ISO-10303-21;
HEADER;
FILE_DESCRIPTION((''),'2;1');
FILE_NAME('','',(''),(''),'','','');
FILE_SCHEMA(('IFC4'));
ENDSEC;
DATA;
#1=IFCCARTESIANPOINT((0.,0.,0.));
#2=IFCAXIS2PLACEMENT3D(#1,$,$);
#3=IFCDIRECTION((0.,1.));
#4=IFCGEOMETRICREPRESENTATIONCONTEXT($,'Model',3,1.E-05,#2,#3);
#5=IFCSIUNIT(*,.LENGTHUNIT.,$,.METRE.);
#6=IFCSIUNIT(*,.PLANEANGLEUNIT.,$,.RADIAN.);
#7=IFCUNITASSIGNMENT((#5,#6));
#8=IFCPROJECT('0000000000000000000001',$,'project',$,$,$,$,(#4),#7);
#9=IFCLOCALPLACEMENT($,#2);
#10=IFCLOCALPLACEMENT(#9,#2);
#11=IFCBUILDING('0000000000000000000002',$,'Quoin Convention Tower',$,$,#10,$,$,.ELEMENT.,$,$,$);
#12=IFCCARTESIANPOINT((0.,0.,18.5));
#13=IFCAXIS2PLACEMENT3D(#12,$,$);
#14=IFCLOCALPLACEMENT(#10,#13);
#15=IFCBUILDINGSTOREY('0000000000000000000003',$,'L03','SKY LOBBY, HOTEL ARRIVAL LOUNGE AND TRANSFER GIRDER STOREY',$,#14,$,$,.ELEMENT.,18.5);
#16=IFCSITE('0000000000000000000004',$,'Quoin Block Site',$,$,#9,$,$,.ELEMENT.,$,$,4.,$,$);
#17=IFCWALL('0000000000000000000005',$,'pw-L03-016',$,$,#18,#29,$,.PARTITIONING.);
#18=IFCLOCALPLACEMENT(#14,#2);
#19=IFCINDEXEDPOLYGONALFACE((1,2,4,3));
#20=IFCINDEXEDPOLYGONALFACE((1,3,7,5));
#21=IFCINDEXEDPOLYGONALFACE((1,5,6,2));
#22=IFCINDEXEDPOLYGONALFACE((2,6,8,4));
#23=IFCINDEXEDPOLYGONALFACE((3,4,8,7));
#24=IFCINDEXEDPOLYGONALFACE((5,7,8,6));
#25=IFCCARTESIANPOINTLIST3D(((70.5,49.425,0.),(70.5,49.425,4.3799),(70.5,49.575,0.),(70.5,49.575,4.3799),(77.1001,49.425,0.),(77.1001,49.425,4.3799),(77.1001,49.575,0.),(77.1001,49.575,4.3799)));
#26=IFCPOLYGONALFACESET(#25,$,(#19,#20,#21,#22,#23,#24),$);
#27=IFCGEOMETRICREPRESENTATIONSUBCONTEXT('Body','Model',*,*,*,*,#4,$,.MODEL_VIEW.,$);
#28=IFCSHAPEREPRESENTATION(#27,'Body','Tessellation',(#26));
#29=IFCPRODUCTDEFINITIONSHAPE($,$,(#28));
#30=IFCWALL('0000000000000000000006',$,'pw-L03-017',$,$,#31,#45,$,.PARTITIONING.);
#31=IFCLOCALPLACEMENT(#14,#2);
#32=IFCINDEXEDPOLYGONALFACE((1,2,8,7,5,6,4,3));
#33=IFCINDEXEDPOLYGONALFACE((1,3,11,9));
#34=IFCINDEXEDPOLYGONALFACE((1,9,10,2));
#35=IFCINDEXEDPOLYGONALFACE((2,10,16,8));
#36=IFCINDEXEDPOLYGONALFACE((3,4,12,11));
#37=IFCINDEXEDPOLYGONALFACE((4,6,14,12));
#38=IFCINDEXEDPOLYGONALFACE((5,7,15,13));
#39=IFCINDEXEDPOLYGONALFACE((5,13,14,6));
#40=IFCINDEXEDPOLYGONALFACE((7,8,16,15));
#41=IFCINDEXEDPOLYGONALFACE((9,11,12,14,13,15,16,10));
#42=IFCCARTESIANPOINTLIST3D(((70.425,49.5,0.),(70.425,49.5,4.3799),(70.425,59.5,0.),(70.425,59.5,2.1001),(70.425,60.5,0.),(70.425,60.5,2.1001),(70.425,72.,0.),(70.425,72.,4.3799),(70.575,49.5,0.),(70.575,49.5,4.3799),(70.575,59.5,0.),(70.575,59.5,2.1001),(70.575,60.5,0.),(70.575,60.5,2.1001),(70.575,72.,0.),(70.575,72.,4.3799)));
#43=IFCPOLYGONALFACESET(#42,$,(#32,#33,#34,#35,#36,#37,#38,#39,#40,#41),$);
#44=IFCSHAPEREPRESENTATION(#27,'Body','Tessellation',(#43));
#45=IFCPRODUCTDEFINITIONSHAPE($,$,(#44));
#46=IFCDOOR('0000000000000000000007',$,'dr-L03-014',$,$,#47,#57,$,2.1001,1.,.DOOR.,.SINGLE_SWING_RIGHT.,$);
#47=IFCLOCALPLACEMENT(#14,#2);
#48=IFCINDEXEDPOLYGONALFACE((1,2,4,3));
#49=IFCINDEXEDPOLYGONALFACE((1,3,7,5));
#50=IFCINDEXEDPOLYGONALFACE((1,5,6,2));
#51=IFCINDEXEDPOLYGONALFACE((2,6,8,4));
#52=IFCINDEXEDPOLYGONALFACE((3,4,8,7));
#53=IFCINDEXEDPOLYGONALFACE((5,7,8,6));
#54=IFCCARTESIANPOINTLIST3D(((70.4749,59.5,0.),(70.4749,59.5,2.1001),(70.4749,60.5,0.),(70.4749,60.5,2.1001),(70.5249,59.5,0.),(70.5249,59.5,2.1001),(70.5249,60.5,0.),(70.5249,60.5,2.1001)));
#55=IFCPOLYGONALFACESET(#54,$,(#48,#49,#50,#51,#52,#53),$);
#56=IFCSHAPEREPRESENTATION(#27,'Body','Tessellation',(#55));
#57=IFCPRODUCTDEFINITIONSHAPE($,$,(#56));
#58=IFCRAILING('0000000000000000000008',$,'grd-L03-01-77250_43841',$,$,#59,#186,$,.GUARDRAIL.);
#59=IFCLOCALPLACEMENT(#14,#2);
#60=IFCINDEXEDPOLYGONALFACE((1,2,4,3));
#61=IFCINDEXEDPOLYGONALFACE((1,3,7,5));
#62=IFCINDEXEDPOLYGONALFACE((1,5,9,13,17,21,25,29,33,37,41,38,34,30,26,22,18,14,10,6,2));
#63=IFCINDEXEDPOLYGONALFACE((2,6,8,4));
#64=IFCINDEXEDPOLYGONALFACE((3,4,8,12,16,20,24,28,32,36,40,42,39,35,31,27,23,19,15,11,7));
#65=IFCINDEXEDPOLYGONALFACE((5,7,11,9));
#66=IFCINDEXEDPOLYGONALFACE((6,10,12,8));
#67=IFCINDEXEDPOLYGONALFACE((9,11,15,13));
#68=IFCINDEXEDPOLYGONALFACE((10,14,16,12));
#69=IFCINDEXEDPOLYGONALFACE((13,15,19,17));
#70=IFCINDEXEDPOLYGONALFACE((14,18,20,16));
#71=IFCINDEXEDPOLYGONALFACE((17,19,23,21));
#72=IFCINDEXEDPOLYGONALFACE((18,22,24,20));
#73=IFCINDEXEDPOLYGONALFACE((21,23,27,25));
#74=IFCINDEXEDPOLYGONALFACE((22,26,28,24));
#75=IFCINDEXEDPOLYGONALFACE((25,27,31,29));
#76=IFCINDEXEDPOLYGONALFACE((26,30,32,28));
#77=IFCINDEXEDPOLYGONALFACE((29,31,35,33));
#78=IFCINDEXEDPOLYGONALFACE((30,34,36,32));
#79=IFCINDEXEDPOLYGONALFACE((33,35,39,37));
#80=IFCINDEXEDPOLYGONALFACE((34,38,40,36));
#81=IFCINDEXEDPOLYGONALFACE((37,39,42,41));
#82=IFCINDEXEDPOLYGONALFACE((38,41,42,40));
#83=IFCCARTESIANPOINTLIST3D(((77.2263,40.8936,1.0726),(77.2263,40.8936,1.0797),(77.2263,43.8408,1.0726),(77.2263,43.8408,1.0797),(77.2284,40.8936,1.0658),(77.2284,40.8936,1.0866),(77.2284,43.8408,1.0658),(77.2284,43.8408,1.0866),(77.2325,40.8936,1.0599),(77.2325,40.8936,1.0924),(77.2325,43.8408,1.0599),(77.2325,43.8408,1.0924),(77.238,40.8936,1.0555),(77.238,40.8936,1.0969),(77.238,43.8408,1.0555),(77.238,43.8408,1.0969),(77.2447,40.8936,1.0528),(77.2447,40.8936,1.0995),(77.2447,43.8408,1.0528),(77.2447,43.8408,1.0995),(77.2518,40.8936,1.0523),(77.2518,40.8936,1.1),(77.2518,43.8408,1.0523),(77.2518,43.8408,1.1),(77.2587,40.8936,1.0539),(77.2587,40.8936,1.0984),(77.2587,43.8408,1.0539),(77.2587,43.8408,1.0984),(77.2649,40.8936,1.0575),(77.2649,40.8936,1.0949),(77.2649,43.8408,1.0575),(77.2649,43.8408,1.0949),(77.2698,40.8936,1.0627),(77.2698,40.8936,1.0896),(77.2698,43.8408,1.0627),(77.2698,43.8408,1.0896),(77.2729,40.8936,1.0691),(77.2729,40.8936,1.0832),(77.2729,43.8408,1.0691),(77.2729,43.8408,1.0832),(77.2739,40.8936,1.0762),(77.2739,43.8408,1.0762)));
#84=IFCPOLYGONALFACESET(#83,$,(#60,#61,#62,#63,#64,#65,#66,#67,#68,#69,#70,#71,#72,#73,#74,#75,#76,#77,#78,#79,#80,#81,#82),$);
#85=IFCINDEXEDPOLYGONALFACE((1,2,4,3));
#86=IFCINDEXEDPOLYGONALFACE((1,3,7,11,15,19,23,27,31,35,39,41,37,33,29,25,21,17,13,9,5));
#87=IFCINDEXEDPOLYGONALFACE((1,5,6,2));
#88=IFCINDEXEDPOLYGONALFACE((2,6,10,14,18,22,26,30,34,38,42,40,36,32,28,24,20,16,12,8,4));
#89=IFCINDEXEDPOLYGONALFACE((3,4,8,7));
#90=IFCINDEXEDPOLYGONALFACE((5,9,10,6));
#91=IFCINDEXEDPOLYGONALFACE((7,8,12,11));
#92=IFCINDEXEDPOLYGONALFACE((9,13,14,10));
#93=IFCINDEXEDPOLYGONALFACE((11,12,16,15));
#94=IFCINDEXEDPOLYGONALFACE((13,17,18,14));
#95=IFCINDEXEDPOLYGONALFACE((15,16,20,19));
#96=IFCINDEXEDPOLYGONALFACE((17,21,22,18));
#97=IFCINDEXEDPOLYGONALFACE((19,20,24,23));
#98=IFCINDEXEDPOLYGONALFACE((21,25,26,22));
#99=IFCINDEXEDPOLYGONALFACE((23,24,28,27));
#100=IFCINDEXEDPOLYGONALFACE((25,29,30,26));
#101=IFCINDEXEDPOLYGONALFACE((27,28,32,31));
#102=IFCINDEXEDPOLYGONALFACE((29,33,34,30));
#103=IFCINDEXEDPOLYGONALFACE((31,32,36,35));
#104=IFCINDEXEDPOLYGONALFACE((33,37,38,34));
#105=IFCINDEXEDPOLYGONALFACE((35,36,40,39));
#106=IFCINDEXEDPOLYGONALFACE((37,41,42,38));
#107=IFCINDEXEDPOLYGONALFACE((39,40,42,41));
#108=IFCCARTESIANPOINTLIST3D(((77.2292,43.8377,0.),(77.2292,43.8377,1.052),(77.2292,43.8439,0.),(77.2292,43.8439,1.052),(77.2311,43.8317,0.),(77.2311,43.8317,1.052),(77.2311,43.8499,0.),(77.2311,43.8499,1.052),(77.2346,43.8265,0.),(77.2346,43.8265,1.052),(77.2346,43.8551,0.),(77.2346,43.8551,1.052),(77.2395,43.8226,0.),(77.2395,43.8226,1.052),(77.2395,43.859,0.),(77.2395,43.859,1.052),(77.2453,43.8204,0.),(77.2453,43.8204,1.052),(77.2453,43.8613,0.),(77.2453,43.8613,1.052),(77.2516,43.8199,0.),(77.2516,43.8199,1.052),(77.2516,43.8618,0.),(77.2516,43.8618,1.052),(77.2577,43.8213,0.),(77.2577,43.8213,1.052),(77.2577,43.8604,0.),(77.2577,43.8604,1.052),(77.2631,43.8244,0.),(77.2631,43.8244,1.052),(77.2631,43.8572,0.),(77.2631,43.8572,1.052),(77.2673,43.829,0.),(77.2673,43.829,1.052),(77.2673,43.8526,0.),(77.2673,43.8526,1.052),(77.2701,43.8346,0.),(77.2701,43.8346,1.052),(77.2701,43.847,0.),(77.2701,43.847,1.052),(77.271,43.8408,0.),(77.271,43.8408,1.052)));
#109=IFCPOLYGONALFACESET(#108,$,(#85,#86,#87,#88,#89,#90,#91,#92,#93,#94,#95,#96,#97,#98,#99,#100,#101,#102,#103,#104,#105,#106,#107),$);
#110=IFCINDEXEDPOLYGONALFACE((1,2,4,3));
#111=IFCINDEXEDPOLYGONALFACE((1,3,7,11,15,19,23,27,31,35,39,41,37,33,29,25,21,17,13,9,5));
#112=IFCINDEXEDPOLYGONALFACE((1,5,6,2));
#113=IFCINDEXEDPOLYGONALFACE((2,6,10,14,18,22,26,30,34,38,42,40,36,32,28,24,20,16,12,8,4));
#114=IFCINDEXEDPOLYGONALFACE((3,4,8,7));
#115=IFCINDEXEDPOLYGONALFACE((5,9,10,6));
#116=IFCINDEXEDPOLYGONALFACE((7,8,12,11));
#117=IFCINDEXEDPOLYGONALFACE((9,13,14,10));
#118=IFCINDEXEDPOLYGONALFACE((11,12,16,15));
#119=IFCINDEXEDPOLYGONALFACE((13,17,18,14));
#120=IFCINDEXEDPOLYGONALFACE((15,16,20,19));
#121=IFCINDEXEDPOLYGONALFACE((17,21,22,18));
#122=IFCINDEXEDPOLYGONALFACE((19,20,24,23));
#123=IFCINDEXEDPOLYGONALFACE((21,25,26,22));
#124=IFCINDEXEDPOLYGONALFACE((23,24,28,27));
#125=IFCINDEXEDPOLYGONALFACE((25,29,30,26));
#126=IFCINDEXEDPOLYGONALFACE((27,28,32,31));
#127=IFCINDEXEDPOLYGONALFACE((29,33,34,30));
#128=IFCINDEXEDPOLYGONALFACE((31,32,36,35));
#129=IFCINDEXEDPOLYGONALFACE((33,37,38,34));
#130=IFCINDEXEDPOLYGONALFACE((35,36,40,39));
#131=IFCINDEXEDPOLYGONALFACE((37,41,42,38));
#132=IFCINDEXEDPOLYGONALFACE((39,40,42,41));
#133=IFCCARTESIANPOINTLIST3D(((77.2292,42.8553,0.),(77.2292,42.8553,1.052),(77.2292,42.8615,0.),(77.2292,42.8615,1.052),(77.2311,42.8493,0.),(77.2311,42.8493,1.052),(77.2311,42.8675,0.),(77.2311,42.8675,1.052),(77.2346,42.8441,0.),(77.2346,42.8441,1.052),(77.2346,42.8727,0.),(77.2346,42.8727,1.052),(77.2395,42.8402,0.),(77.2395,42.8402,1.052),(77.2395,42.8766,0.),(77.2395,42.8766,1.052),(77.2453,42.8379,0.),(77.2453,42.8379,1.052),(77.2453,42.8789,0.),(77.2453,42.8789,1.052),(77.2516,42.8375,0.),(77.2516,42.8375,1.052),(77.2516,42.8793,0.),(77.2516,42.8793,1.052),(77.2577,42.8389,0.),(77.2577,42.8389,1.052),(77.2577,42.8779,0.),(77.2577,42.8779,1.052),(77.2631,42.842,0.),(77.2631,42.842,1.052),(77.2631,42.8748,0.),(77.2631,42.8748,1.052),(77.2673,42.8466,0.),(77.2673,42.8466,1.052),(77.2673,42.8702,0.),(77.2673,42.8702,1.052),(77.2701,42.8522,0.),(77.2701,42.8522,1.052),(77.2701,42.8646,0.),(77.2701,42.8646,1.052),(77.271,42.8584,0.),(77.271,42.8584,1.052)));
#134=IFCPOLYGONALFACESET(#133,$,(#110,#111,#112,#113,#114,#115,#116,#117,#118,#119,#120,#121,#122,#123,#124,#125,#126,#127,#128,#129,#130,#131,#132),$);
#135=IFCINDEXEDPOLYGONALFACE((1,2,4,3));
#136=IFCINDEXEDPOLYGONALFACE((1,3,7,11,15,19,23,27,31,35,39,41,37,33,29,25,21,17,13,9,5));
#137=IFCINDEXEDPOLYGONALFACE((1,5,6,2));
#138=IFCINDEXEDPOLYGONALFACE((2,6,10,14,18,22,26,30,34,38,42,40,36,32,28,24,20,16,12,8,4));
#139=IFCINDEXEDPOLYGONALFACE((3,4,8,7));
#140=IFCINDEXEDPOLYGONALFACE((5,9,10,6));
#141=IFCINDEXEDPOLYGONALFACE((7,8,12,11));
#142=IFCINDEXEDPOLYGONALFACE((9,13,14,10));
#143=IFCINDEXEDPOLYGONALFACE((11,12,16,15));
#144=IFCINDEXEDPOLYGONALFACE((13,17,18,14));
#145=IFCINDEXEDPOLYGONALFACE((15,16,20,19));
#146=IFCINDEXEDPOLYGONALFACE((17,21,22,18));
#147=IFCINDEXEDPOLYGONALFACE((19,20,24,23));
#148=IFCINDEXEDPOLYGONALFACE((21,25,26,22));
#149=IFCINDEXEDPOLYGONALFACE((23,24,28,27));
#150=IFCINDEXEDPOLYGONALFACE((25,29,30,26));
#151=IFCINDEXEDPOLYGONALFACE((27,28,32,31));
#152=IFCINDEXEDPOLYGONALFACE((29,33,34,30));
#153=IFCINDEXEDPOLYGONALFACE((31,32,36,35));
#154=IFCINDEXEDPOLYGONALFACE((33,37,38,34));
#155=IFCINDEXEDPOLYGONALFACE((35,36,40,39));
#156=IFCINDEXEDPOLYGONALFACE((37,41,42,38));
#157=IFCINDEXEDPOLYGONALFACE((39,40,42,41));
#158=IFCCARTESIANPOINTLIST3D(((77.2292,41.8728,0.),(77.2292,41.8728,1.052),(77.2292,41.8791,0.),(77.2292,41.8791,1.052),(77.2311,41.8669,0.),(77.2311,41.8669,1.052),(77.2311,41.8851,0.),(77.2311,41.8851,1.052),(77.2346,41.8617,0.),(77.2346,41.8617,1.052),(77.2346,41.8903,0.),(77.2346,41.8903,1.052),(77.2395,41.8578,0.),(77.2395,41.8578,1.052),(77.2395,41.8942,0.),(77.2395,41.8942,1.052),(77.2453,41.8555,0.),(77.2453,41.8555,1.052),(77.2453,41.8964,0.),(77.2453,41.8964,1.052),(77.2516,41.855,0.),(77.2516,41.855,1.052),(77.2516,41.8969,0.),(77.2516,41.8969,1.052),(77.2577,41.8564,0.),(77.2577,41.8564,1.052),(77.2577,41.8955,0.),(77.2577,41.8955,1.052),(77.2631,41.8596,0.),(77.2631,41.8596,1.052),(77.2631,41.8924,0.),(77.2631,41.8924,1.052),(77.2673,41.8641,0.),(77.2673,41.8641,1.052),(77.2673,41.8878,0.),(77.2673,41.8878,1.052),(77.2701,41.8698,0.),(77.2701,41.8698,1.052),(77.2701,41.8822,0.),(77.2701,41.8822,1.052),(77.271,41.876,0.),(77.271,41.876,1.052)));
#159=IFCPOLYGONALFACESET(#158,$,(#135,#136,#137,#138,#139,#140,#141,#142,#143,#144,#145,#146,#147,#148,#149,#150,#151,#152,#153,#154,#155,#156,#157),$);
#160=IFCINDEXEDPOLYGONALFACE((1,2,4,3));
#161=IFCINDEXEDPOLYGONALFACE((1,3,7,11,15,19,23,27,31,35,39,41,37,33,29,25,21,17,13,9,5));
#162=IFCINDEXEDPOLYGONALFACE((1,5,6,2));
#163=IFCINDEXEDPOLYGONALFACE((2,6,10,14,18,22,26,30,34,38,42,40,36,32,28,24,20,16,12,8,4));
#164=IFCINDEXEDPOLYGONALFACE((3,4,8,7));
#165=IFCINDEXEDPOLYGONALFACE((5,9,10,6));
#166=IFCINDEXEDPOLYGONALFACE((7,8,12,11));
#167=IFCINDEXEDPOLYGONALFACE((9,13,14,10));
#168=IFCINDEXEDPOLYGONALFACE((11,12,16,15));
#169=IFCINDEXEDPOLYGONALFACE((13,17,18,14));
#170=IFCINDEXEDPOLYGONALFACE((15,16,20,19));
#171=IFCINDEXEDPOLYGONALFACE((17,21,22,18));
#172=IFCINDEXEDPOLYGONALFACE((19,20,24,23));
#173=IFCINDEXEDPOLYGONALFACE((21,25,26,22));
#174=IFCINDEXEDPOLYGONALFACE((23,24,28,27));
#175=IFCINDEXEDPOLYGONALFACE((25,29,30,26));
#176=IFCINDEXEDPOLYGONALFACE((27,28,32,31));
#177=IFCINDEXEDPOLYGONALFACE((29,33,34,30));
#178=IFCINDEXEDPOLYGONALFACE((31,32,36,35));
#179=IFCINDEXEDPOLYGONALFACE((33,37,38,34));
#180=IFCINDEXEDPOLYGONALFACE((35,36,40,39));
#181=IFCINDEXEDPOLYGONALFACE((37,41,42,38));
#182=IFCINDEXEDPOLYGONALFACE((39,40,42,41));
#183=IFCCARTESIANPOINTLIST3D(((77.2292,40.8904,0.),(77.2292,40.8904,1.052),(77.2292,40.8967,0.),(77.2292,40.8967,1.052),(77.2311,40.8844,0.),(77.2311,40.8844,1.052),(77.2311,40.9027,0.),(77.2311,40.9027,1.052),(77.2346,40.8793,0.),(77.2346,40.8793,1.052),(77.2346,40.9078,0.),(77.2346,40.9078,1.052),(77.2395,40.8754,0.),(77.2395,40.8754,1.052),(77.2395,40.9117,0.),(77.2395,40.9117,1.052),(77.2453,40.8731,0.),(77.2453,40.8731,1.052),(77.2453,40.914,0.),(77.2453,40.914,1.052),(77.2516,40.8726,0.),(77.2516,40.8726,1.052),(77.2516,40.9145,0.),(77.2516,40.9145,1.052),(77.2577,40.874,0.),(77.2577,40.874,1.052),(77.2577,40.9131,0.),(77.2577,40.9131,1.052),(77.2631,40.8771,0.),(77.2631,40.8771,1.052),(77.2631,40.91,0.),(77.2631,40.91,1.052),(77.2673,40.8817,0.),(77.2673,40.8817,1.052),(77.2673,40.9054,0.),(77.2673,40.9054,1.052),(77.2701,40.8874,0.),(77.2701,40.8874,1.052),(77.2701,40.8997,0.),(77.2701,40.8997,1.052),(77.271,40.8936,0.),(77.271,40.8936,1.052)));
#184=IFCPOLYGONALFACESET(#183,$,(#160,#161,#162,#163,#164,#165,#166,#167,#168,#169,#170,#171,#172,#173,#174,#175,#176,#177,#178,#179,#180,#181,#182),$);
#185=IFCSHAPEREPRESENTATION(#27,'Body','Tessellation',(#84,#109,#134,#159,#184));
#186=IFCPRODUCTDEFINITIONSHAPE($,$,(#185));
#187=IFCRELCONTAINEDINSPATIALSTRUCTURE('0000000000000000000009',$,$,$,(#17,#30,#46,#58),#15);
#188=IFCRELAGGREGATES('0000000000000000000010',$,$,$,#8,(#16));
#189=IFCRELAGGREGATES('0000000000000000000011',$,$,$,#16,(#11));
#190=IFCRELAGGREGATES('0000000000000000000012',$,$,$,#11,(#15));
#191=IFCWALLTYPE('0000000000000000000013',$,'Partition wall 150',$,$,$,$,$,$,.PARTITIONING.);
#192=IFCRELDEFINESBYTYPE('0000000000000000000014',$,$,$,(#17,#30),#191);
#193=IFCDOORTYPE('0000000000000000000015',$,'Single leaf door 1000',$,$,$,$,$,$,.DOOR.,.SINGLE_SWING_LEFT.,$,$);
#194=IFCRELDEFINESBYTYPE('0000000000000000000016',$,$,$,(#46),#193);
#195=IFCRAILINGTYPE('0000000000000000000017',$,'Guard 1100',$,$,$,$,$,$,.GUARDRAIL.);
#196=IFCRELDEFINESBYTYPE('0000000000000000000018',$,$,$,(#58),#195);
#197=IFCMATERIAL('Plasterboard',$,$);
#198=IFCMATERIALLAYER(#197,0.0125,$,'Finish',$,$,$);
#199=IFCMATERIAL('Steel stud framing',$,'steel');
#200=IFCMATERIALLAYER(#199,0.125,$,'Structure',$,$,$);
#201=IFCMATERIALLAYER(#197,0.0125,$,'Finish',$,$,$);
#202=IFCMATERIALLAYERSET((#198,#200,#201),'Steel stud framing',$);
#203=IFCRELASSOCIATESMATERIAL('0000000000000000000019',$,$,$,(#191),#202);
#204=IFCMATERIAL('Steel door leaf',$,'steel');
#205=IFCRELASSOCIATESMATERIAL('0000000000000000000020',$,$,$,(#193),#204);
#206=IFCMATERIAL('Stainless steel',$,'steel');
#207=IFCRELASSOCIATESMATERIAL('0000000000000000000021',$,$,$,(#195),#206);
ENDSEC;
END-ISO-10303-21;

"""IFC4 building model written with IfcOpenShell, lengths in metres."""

from ifc_helpers import new_model, si_unit, direction, frame, frame_2d, origin, origin_2d, place, context, subcontext, project, spatial, rectangle, circle, extrude, material, layer, layer_set, type_object, element, fill, save


model = new_model("IFC4")

# Units and contexts
model_context = context("Model", 3, precision=1e-05, world=origin(), true_north=direction((0.0, 1.0)))
body_context = subcontext(model_context, "Body", "Model", "MODEL_VIEW")
ifc_project = project(units=[si_unit("LENGTHUNIT", "METRE"), si_unit("PLANEANGLEUNIT", "RADIAN")], contexts=[model_context])

# Site, building, storey
site_placement = place(None, origin())
site = spatial("IfcSite", under=ifc_project, at=site_placement, Name="Quoin Block Site", CompositionType="ELEMENT", RefElevation=4.0)
building_placement = place(site_placement, origin())
building = spatial("IfcBuilding", under=site, at=building_placement, Name="Quoin Convention Tower", CompositionType="ELEMENT")
storey_placement = place(building_placement, frame((0.0, 0.0, 18.5)))
storey = spatial("IfcBuildingStorey", under=building, at=storey_placement, Name="L03", Description="SKY LOBBY, HOTEL ARRIVAL LOUNGE AND TRANSFER GIRDER STOREY", CompositionType="ELEMENT", Elevation=18.5)

# Wall
ifc_material_1 = material(Name="Plasterboard")
ifc_layer_1 = layer(ifc_material_1, 0.0125, Name="Finish")
ifc_material_2 = material(Name="Steel stud framing", Category="steel")
ifc_layer_2 = layer(ifc_material_2, 0.125, Name="Structure")
ifc_layer_3 = layer(ifc_material_1, 0.0125, Name="Finish")
ifc_layer_set_1 = layer_set([ifc_layer_1, ifc_layer_2, ifc_layer_3], Name="Steel stud framing")
wall_type_1 = type_object("IfcWallType", Name="Partition wall 150", PredefinedType="PARTITIONING", material=ifc_layer_set_1)
wall_1_placement = place(storey_placement, frame((70.5, 49.5, 0.0), z_axis=(0.0, 0.0, 1.0), x_axis=(1.0, 0.0, 0.0)))
element("IfcWall", 1, at=wall_1_placement, inside=storey, type_object=wall_type_1, Name="pw-L03-016", PredefinedType="PARTITIONING", context=body_context, shape_type="SweptSolid", body=[
    extrude(rectangle(XDim=6.6001, YDim=0.1499, at=frame_2d((3.3, 0.0))), origin(), (0.0, 0.0, 1.0), 4.3799),
])

# Wall, opening, door
wall_2_placement = place(storey_placement, frame((70.5, 49.5, 0.0), z_axis=(0.0, 0.0, 1.0), x_axis=(0.0, 1.0, 0.0)))
wall_2 = element("IfcWall", 2, at=wall_2_placement, inside=storey, type_object=wall_type_1, Name="pw-L03-017", PredefinedType="PARTITIONING", context=body_context, shape_type="SweptSolid", body=[
    extrude(rectangle(XDim=22.5, YDim=0.1499, at=frame_2d((11.25, 0.0))), origin(), (0.0, 0.0, 1.0), 4.3799),
])
opening_1_placement = place(wall_2_placement, frame((10.0, 0.0, 0.0)))
opening_1 = element("IfcOpeningElement", 3, at=opening_1_placement, cuts=wall_2, PredefinedType="OPENING", context=body_context, shape_type="SweptSolid", body=[
    extrude(rectangle(XDim=1.0, YDim=2.1001, at=frame_2d((0.5, 1.05))), frame((0.0, 0.085, 0.0), z_axis=(0.0, -1.0, 0.0), x_axis=(1.0, 0.0, 0.0)), (0.0, 0.0, 1.0), 0.1699),
])
ifc_material_3 = material(Name="Steel door leaf", Category="steel")
door_type = type_object("IfcDoorType", Name="Single leaf door 1000", OperationType="SINGLE_SWING_LEFT", PredefinedType="DOOR", material=ifc_material_3)
door_placement = place(opening_1_placement, frame((1.0, 0.0, 0.0), z_axis=(0.0, 0.0, 1.0), x_axis=(-1.0, 0.0, 0.0)))
door = element("IfcDoor", 4, at=door_placement, inside=storey, type_object=door_type, Name="dr-L03-014", OperationType="SINGLE_SWING_RIGHT", OverallHeight=2.1001, OverallWidth=1.0, PredefinedType="DOOR", context=body_context, shape_type="SweptSolid", body=[
    extrude(rectangle(XDim=1.0, YDim=2.1001, at=frame_2d((0.5, 1.05))), frame((0.0, 0.0249, 0.0), z_axis=(0.0, -1.0, 0.0), x_axis=(1.0, 0.0, 0.0)), (0.0, 0.0, 1.0), 0.05),
])
fill(opening_1, door)

# Railing
ifc_material_4 = material(Name="Stainless steel", Category="steel")
railing_type = type_object("IfcRailingType", Name="Guard 1100", PredefinedType="GUARDRAIL", material=ifc_material_4)
railing_placement = place(storey_placement, frame((77.25, 43.8408, 0.0)))
element("IfcRailing", 5, at=railing_placement, inside=storey, type_object=railing_type, Name="grd-L03-01-77250_43841", PredefinedType="GUARDRAIL", context=body_context, shape_type="SweptSolid", body=[
    extrude(circle(Radius=0.0239, at=origin_2d()), frame((0.0, 0.0, 1.0762), z_axis=(0.0, -1.0, 0.0), x_axis=(1.0, 0.0, 0.0)), (0.0, 0.0, 1.0), 2.9473),
    extrude(circle(Radius=0.021, at=origin_2d()), origin(), (0.0, 0.0, 1.0), 1.052),
    extrude(circle(Radius=0.021, at=origin_2d()), frame((0.0, -0.9824, 0.0)), (0.0, 0.0, 1.0), 1.052),
    extrude(circle(Radius=0.021, at=origin_2d()), frame((0.0, -1.9648, 0.0)), (0.0, 0.0, 1.0), 1.052),
    extrude(circle(Radius=0.021, at=origin_2d()), frame((0.0, -2.9473, 0.0)), (0.0, 0.0, 1.0), 1.052),
])

save(model, "model.ifc")
